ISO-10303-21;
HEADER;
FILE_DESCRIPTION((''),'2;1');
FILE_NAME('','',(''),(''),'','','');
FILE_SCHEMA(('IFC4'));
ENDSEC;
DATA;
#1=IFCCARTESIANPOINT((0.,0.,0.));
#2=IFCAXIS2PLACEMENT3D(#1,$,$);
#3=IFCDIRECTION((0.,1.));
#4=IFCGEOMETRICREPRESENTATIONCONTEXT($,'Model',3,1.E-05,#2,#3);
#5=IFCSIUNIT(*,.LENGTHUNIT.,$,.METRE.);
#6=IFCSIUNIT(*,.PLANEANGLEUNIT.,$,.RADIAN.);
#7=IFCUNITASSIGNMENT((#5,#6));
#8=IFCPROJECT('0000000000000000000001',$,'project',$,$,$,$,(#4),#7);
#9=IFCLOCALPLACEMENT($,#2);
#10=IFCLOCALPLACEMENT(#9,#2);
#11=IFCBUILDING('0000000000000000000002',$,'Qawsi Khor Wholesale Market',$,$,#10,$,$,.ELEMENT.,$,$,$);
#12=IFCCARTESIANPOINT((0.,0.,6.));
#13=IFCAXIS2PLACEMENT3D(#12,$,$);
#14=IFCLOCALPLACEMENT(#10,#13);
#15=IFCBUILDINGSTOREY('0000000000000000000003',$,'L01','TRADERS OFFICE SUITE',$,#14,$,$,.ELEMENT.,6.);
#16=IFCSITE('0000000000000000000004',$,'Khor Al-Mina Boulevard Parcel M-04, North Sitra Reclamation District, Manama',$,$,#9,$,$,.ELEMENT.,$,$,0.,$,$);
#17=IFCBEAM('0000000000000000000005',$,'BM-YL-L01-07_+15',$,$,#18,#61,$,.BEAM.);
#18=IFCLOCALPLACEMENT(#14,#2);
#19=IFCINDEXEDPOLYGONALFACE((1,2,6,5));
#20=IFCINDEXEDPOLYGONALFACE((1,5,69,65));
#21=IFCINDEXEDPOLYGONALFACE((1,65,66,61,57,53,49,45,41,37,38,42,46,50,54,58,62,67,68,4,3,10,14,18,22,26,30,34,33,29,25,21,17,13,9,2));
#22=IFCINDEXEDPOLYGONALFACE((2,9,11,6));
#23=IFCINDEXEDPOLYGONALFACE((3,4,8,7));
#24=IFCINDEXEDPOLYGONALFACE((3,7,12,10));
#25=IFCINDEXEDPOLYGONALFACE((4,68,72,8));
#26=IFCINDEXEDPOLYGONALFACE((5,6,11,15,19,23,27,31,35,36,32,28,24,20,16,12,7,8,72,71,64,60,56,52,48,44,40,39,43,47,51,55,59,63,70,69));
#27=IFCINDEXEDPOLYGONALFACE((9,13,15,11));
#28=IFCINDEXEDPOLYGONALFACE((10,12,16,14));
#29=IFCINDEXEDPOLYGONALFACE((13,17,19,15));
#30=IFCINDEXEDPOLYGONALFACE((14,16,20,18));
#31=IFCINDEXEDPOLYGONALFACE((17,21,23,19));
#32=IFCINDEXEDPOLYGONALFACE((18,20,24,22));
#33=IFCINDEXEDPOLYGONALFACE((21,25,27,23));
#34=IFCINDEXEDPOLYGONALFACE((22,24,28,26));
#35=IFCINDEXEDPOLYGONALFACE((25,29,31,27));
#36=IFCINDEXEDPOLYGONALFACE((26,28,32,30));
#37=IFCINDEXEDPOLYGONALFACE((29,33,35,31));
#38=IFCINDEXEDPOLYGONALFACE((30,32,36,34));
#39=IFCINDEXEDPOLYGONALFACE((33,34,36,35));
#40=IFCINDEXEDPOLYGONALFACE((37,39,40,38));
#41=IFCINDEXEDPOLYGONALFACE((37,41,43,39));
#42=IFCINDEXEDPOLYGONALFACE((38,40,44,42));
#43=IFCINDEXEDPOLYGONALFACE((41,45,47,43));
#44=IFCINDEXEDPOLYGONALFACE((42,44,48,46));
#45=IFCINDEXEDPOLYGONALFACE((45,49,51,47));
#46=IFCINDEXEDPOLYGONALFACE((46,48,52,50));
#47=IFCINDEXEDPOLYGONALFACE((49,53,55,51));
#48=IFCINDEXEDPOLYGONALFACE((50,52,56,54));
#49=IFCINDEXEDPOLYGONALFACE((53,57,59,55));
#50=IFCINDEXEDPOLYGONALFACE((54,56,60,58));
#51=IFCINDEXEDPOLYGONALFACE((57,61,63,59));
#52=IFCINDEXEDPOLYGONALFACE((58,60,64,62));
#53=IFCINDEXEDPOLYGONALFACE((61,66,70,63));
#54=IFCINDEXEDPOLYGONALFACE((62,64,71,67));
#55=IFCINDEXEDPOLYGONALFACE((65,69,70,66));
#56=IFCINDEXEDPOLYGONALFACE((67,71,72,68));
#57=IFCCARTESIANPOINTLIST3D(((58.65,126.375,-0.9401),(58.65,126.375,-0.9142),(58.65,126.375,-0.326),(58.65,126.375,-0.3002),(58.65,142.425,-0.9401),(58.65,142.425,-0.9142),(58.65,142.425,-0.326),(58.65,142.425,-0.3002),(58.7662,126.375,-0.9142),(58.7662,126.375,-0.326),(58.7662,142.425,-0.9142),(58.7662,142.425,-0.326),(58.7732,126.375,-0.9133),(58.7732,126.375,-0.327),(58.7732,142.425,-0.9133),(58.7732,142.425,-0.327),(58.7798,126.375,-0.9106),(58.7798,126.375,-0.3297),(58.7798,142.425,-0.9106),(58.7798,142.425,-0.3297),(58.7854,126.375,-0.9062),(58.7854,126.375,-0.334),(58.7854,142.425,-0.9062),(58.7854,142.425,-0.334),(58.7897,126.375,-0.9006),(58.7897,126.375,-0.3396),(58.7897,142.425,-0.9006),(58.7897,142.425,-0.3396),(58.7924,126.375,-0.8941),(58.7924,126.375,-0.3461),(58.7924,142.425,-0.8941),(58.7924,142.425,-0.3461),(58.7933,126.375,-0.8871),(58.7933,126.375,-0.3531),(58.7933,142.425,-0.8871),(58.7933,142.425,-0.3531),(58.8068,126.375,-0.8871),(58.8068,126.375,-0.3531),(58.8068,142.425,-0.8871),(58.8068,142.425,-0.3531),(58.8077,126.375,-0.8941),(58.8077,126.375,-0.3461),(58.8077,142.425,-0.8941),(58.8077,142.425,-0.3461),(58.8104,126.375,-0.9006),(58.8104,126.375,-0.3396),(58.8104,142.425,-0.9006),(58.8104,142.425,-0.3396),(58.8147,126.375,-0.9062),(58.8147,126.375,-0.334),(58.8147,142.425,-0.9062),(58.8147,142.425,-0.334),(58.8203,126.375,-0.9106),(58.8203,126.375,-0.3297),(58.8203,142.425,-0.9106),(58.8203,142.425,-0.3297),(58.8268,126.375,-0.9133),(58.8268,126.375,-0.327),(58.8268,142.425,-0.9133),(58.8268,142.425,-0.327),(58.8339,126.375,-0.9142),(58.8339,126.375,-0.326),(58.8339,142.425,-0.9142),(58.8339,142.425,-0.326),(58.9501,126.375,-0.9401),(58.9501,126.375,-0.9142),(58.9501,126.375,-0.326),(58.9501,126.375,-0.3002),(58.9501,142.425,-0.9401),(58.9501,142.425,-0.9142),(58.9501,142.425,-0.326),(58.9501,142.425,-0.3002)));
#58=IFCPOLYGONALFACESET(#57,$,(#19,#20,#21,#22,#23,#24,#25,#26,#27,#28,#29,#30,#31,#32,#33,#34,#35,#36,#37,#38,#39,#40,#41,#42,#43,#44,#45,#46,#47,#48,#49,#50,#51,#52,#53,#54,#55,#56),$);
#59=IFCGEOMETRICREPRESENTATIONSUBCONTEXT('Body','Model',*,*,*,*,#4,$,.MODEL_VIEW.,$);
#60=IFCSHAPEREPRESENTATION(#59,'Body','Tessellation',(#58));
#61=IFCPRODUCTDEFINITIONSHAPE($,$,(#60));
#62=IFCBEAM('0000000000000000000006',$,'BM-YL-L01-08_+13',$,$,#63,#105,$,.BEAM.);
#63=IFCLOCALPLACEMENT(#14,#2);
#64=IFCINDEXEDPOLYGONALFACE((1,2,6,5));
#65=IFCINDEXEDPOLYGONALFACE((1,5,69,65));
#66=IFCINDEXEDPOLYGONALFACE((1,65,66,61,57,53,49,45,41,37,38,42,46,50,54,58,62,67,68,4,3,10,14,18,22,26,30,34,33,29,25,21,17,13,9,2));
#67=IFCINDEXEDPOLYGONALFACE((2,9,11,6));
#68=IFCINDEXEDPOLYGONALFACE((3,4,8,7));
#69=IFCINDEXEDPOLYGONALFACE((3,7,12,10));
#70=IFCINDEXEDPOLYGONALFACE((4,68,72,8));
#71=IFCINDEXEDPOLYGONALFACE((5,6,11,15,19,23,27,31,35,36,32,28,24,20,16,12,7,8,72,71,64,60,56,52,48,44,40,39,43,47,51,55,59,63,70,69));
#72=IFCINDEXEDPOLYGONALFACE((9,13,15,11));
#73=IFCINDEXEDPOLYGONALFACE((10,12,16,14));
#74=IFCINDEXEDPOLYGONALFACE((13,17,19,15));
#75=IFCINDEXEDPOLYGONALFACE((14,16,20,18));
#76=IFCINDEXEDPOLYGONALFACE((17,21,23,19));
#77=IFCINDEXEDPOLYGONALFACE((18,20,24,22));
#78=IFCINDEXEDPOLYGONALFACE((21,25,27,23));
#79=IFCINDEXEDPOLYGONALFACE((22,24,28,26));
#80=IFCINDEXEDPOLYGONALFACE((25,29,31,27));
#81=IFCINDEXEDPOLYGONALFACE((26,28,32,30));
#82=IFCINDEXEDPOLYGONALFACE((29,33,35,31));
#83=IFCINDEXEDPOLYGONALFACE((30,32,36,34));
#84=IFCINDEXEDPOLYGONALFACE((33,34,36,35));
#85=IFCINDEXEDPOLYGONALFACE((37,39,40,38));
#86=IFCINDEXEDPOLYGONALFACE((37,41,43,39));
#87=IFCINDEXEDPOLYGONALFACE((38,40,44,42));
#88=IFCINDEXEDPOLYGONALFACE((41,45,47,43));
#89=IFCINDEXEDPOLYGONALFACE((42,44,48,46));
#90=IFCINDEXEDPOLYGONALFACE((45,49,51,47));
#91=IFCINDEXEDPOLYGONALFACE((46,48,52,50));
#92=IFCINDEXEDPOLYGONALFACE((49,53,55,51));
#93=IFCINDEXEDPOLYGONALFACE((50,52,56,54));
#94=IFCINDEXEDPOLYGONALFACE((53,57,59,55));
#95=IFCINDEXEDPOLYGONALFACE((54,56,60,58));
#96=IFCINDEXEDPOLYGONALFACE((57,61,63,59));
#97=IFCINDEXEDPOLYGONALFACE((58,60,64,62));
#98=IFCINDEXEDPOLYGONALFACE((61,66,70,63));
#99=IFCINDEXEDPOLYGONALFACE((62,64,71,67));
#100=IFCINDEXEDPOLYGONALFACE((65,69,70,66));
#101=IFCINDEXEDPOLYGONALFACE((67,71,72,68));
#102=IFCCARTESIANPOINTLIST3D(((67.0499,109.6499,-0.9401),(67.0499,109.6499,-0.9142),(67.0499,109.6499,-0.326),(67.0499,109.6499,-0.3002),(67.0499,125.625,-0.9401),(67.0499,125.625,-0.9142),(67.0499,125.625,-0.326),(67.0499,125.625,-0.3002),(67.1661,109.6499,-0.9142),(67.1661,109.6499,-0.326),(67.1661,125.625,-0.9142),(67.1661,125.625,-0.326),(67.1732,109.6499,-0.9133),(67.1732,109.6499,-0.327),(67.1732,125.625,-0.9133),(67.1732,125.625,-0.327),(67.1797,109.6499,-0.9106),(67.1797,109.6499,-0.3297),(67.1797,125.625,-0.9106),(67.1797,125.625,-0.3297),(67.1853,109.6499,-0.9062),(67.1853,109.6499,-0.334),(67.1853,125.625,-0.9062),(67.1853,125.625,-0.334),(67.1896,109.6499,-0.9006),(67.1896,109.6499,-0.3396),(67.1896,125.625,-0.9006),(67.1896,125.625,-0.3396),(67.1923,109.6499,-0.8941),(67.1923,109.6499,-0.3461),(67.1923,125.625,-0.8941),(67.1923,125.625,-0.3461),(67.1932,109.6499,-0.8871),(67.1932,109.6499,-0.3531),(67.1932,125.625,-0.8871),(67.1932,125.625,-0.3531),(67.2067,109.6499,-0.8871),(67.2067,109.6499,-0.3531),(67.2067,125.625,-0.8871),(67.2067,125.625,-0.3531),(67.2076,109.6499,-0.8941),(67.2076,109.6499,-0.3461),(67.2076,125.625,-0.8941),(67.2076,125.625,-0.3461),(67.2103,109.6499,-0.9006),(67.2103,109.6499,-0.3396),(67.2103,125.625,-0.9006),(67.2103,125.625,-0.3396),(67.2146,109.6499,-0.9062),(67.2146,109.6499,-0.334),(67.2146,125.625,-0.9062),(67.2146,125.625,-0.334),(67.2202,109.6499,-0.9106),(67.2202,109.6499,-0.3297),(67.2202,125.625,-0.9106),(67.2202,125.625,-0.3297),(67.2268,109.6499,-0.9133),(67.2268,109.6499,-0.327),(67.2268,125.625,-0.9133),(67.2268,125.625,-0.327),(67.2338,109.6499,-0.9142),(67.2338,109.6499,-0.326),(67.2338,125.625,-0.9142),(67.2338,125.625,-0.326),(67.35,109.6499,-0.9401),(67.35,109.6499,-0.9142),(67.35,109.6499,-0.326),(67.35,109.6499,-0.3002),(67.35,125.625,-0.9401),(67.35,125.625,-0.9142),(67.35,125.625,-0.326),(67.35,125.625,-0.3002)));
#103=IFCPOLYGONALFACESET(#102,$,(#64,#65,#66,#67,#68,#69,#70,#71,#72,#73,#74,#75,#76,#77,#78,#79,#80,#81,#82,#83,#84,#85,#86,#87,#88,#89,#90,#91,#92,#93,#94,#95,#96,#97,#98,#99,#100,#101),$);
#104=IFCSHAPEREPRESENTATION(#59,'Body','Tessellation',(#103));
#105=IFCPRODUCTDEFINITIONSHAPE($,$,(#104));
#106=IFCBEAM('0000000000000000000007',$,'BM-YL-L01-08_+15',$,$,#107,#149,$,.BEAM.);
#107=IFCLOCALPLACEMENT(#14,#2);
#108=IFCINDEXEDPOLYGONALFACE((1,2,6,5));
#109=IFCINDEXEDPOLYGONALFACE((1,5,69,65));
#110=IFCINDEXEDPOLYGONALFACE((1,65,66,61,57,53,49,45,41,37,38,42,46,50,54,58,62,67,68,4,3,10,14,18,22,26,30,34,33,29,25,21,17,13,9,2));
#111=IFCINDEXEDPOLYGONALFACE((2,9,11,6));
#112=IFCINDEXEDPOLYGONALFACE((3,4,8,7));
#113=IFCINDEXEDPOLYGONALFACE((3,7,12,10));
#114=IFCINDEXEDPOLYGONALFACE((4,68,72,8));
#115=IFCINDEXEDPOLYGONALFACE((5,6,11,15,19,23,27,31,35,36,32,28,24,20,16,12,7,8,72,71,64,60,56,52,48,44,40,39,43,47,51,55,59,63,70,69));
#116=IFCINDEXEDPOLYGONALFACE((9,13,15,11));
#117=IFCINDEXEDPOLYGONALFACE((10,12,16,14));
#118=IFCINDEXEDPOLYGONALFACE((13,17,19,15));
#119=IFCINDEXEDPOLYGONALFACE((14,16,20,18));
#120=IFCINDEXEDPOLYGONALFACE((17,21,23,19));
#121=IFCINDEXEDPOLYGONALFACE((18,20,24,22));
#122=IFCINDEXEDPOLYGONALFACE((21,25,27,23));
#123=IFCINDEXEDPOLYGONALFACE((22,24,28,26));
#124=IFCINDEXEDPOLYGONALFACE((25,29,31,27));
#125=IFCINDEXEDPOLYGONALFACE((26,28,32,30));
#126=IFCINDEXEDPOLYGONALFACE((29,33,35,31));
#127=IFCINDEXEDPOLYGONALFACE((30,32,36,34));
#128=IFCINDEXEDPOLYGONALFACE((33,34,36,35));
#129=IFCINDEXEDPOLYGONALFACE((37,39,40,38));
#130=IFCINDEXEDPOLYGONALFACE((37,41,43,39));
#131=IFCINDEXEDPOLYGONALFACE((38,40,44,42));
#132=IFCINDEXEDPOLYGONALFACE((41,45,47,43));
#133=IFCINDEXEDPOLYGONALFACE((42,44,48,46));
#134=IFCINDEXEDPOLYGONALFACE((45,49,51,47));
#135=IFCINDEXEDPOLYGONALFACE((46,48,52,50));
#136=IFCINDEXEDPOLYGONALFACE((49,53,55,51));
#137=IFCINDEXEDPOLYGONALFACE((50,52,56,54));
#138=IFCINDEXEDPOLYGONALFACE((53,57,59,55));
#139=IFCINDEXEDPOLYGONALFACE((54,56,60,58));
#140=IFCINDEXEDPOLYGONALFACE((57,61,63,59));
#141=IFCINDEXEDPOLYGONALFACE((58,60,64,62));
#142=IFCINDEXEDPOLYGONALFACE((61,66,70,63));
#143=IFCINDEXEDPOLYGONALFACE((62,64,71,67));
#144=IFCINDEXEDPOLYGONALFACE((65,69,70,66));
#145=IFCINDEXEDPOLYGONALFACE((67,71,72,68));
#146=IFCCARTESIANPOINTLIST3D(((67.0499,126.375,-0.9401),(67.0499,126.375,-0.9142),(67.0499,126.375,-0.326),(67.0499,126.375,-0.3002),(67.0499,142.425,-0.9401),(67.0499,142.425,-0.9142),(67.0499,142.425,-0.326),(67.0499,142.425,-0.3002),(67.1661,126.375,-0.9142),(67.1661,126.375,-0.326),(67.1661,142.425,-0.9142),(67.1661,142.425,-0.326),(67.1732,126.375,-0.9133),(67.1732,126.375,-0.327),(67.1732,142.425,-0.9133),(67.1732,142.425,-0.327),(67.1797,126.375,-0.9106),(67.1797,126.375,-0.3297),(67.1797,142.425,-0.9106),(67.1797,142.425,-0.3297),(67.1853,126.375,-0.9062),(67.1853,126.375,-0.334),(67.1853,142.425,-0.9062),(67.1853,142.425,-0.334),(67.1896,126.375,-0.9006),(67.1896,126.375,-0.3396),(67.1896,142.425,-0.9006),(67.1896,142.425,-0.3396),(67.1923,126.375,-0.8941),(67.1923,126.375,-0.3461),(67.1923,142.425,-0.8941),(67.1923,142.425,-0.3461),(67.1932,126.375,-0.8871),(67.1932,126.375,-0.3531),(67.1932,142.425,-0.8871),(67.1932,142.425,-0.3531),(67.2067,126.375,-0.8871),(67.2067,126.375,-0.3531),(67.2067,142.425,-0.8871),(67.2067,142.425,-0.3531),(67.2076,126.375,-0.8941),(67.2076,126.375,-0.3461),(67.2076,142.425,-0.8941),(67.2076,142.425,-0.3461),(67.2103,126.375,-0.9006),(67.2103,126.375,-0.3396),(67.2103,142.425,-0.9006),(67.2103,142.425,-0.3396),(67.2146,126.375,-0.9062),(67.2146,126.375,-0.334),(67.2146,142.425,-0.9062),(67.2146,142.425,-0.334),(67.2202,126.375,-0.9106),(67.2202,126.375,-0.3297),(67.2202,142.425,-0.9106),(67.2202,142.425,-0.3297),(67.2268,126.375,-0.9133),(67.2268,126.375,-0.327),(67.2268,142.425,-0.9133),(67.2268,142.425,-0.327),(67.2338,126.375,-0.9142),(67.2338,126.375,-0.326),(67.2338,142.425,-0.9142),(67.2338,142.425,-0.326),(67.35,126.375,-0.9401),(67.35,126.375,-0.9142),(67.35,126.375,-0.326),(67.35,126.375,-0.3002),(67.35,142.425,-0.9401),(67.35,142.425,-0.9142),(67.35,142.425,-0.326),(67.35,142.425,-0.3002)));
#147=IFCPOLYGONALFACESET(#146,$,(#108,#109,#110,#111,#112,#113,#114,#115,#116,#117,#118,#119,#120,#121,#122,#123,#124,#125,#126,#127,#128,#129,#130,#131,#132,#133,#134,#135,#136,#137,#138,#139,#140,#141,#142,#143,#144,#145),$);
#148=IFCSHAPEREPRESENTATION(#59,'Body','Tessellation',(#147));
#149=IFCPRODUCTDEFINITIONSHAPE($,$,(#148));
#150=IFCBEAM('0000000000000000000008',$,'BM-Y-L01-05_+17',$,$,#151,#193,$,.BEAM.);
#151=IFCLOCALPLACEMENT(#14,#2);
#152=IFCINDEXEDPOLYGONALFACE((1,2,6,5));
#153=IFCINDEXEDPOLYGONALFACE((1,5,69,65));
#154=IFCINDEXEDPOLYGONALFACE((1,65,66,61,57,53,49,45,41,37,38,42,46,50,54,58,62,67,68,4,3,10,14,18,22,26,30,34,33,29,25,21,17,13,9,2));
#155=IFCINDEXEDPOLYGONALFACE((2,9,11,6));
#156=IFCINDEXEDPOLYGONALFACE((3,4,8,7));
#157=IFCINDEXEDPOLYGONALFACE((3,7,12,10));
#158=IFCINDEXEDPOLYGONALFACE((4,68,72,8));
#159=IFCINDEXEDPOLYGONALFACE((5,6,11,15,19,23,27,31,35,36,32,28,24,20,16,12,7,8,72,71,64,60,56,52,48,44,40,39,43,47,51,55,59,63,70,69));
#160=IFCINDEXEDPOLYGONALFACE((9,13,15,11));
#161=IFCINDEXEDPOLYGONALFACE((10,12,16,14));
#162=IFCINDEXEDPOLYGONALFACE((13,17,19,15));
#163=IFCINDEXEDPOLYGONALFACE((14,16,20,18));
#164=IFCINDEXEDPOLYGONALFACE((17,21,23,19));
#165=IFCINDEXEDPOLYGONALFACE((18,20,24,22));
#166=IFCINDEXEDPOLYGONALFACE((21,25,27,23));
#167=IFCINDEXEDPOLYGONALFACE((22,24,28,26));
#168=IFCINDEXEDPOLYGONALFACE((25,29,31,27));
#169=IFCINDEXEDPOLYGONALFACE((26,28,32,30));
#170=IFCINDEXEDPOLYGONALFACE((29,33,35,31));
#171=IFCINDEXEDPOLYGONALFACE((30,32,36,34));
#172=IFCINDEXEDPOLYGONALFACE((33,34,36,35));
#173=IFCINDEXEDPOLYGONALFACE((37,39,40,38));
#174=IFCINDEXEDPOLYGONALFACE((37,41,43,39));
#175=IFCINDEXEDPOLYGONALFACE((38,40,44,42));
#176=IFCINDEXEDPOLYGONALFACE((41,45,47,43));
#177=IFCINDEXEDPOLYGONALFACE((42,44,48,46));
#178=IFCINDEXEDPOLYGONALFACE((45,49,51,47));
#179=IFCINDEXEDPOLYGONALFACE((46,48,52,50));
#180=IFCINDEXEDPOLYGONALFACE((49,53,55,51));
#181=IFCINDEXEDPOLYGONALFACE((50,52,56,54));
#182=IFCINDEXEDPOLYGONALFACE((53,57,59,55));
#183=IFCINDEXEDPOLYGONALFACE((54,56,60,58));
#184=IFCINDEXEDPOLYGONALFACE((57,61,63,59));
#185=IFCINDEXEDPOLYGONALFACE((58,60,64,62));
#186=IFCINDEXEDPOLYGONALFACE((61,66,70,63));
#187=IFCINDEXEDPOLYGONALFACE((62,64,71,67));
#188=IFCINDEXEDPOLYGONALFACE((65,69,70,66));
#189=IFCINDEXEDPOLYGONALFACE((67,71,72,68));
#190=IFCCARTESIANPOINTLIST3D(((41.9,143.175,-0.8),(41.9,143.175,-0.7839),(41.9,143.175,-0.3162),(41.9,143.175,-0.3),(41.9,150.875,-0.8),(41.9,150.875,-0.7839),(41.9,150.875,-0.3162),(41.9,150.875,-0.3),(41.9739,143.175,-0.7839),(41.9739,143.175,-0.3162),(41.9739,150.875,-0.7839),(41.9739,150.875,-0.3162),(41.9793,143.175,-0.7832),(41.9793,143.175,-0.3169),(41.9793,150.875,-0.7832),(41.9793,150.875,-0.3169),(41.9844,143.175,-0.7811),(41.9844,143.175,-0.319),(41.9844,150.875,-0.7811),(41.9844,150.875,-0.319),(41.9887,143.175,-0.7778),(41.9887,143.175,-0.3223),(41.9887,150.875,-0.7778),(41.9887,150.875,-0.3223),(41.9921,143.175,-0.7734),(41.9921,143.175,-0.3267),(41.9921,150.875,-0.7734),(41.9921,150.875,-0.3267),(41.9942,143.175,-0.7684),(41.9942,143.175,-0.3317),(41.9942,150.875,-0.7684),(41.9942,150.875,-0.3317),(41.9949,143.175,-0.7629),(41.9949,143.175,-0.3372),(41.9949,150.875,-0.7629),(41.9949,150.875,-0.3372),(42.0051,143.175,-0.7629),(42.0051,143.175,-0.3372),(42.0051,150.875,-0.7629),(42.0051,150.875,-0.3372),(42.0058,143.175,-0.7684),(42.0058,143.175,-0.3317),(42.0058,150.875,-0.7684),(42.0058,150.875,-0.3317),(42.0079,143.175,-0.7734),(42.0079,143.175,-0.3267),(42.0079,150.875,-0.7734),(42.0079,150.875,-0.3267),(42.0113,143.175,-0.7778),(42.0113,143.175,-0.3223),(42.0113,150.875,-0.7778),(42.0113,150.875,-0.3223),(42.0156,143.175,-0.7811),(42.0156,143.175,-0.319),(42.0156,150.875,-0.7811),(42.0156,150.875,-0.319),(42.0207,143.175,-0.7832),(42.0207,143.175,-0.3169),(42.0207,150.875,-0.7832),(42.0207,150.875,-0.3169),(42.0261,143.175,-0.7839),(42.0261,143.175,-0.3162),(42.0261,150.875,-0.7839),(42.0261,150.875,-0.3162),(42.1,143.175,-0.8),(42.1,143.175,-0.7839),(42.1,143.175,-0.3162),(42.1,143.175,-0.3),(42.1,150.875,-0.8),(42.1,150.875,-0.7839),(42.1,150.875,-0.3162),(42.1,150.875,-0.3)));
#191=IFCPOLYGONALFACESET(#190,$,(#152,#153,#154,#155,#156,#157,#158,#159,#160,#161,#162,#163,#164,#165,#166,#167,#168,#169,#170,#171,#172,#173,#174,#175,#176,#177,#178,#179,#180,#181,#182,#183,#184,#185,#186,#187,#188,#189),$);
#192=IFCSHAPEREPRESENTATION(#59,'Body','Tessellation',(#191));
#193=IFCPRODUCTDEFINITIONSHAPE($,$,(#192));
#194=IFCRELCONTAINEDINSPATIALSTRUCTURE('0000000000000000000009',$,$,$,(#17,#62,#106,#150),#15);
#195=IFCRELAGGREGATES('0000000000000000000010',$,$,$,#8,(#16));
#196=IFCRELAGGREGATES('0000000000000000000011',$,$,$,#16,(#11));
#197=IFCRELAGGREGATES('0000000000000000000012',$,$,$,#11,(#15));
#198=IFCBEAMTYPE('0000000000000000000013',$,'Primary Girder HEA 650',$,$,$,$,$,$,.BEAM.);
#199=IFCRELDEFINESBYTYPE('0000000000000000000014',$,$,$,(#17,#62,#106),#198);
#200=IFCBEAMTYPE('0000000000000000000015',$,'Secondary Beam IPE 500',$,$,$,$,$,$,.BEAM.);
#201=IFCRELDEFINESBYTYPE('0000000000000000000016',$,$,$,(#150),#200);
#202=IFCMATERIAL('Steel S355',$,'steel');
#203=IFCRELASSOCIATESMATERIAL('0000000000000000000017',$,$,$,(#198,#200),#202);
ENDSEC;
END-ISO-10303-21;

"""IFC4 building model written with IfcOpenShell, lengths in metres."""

from ifc_helpers import new_model, si_unit, direction, frame, origin, origin_2d, place, context, subcontext, project, spatial, i_section, extrude, material, material_profile, profile_set, type_object, element, save


model = new_model("IFC4")

# Units and contexts
model_context = context("Model", 3, precision=1e-05, world=origin(), true_north=direction((0.0, 1.0)))
body_context = subcontext(model_context, "Body", "Model", "MODEL_VIEW")
ifc_project = project(units=[si_unit("LENGTHUNIT", "METRE"), si_unit("PLANEANGLEUNIT", "RADIAN")], contexts=[model_context])

# Site, building, storey
site_placement = place(None, origin())
site = spatial("IfcSite", under=ifc_project, at=site_placement, Name="Khor Al-Mina Boulevard Parcel M-04, North Sitra Reclamation District, Manama", CompositionType="ELEMENT", RefElevation=0.0)
building_placement = place(site_placement, origin())
building = spatial("IfcBuilding", under=site, at=building_placement, Name="Qawsi Khor Wholesale Market", CompositionType="ELEMENT")
storey_placement = place(building_placement, frame((0.0, 0.0, 6.0)))
storey = spatial("IfcBuildingStorey", under=building, at=storey_placement, Name="L01", Description="TRADERS OFFICE SUITE", CompositionType="ELEMENT", Elevation=6.0)

# Beams
ifc_material_1 = material(Name="Steel S355", Category="steel")
ifc_material_profile_1 = material_profile(ifc_material_1, i_section(OverallWidth=0.3, OverallDepth=0.6399, WebThickness=0.0134, FlangeThickness=0.0259, FilletRadius=0.0271, at=origin_2d()), Name="HEA 650")
ifc_profile_set_1 = profile_set([ifc_material_profile_1], Name="Steel S355")
beam_type_1 = type_object("IfcBeamType", Name="Primary Girder HEA 650", PredefinedType="BEAM", material=ifc_profile_set_1)
for number, where, z_axis, x_axis, name in (
    (1, (58.8, 126.375, -0.6201), (0.0, 1.0, 0.0), (-1.0, 0.0, 0.0), "BM-YL-L01-07_+15"),
):
    element("IfcBeam", number, at=place(storey_placement, frame(where, z_axis=z_axis, x_axis=x_axis)), inside=storey, type_object=beam_type_1, Name=name, PredefinedType="BEAM", context=body_context, shape_type="SweptSolid", body=[
        extrude(i_section(OverallWidth=0.3, OverallDepth=0.6399, WebThickness=0.0134, FlangeThickness=0.0259, FilletRadius=0.0271, at=origin_2d()), origin(), (0.0, 0.0, 1.0), 16.05),
    ])
beam_1_placement = place(storey_placement, frame((67.2, 109.6499, -0.6201), z_axis=(0.0, 1.0, 0.0), x_axis=(-1.0, 0.0, 0.0)))
element("IfcBeam", 2, at=beam_1_placement, inside=storey, type_object=beam_type_1, Name="BM-YL-L01-08_+13", PredefinedType="BEAM", context=body_context, shape_type="SweptSolid", body=[
    extrude(i_section(OverallWidth=0.3, OverallDepth=0.6399, WebThickness=0.0134, FlangeThickness=0.0259, FilletRadius=0.0271, at=origin_2d()), origin(), (0.0, 0.0, 1.0), 15.9751),
])
beam_2_placement = place(storey_placement, frame((67.2, 126.375, -0.6201), z_axis=(0.0, 1.0, 0.0), x_axis=(-1.0, 0.0, 0.0)))
element("IfcBeam", 3, at=beam_2_placement, inside=storey, type_object=beam_type_1, Name="BM-YL-L01-08_+15", PredefinedType="BEAM", context=body_context, shape_type="SweptSolid", body=[
    extrude(i_section(OverallWidth=0.3, OverallDepth=0.6399, WebThickness=0.0134, FlangeThickness=0.0259, FilletRadius=0.0271, at=origin_2d()), origin(), (0.0, 0.0, 1.0), 16.05),
])
ifc_material_profile_2 = material_profile(ifc_material_1, i_section(OverallWidth=0.2, OverallDepth=0.5, WebThickness=0.0103, FlangeThickness=0.0161, FilletRadius=0.021, at=origin_2d()), Name="IPE 500")
ifc_profile_set_2 = profile_set([ifc_material_profile_2], Name="Steel S355")
beam_type_2 = type_object("IfcBeamType", Name="Secondary Beam IPE 500", PredefinedType="BEAM", material=ifc_profile_set_2)
for number, where, z_axis, x_axis, name in (
    (4, (42.0, 143.175, -0.55), (0.0, 1.0, 0.0), (-1.0, 0.0, 0.0), "BM-Y-L01-05_+17"),
):
    element("IfcBeam", number, at=place(storey_placement, frame(where, z_axis=z_axis, x_axis=x_axis)), inside=storey, type_object=beam_type_2, Name=name, PredefinedType="BEAM", context=body_context, shape_type="SweptSolid", body=[
        extrude(i_section(OverallWidth=0.2, OverallDepth=0.5, WebThickness=0.0103, FlangeThickness=0.0161, FilletRadius=0.021, at=origin_2d()), origin(), (0.0, 0.0, 1.0), 7.7),
    ])

save(model, "model.ifc")
